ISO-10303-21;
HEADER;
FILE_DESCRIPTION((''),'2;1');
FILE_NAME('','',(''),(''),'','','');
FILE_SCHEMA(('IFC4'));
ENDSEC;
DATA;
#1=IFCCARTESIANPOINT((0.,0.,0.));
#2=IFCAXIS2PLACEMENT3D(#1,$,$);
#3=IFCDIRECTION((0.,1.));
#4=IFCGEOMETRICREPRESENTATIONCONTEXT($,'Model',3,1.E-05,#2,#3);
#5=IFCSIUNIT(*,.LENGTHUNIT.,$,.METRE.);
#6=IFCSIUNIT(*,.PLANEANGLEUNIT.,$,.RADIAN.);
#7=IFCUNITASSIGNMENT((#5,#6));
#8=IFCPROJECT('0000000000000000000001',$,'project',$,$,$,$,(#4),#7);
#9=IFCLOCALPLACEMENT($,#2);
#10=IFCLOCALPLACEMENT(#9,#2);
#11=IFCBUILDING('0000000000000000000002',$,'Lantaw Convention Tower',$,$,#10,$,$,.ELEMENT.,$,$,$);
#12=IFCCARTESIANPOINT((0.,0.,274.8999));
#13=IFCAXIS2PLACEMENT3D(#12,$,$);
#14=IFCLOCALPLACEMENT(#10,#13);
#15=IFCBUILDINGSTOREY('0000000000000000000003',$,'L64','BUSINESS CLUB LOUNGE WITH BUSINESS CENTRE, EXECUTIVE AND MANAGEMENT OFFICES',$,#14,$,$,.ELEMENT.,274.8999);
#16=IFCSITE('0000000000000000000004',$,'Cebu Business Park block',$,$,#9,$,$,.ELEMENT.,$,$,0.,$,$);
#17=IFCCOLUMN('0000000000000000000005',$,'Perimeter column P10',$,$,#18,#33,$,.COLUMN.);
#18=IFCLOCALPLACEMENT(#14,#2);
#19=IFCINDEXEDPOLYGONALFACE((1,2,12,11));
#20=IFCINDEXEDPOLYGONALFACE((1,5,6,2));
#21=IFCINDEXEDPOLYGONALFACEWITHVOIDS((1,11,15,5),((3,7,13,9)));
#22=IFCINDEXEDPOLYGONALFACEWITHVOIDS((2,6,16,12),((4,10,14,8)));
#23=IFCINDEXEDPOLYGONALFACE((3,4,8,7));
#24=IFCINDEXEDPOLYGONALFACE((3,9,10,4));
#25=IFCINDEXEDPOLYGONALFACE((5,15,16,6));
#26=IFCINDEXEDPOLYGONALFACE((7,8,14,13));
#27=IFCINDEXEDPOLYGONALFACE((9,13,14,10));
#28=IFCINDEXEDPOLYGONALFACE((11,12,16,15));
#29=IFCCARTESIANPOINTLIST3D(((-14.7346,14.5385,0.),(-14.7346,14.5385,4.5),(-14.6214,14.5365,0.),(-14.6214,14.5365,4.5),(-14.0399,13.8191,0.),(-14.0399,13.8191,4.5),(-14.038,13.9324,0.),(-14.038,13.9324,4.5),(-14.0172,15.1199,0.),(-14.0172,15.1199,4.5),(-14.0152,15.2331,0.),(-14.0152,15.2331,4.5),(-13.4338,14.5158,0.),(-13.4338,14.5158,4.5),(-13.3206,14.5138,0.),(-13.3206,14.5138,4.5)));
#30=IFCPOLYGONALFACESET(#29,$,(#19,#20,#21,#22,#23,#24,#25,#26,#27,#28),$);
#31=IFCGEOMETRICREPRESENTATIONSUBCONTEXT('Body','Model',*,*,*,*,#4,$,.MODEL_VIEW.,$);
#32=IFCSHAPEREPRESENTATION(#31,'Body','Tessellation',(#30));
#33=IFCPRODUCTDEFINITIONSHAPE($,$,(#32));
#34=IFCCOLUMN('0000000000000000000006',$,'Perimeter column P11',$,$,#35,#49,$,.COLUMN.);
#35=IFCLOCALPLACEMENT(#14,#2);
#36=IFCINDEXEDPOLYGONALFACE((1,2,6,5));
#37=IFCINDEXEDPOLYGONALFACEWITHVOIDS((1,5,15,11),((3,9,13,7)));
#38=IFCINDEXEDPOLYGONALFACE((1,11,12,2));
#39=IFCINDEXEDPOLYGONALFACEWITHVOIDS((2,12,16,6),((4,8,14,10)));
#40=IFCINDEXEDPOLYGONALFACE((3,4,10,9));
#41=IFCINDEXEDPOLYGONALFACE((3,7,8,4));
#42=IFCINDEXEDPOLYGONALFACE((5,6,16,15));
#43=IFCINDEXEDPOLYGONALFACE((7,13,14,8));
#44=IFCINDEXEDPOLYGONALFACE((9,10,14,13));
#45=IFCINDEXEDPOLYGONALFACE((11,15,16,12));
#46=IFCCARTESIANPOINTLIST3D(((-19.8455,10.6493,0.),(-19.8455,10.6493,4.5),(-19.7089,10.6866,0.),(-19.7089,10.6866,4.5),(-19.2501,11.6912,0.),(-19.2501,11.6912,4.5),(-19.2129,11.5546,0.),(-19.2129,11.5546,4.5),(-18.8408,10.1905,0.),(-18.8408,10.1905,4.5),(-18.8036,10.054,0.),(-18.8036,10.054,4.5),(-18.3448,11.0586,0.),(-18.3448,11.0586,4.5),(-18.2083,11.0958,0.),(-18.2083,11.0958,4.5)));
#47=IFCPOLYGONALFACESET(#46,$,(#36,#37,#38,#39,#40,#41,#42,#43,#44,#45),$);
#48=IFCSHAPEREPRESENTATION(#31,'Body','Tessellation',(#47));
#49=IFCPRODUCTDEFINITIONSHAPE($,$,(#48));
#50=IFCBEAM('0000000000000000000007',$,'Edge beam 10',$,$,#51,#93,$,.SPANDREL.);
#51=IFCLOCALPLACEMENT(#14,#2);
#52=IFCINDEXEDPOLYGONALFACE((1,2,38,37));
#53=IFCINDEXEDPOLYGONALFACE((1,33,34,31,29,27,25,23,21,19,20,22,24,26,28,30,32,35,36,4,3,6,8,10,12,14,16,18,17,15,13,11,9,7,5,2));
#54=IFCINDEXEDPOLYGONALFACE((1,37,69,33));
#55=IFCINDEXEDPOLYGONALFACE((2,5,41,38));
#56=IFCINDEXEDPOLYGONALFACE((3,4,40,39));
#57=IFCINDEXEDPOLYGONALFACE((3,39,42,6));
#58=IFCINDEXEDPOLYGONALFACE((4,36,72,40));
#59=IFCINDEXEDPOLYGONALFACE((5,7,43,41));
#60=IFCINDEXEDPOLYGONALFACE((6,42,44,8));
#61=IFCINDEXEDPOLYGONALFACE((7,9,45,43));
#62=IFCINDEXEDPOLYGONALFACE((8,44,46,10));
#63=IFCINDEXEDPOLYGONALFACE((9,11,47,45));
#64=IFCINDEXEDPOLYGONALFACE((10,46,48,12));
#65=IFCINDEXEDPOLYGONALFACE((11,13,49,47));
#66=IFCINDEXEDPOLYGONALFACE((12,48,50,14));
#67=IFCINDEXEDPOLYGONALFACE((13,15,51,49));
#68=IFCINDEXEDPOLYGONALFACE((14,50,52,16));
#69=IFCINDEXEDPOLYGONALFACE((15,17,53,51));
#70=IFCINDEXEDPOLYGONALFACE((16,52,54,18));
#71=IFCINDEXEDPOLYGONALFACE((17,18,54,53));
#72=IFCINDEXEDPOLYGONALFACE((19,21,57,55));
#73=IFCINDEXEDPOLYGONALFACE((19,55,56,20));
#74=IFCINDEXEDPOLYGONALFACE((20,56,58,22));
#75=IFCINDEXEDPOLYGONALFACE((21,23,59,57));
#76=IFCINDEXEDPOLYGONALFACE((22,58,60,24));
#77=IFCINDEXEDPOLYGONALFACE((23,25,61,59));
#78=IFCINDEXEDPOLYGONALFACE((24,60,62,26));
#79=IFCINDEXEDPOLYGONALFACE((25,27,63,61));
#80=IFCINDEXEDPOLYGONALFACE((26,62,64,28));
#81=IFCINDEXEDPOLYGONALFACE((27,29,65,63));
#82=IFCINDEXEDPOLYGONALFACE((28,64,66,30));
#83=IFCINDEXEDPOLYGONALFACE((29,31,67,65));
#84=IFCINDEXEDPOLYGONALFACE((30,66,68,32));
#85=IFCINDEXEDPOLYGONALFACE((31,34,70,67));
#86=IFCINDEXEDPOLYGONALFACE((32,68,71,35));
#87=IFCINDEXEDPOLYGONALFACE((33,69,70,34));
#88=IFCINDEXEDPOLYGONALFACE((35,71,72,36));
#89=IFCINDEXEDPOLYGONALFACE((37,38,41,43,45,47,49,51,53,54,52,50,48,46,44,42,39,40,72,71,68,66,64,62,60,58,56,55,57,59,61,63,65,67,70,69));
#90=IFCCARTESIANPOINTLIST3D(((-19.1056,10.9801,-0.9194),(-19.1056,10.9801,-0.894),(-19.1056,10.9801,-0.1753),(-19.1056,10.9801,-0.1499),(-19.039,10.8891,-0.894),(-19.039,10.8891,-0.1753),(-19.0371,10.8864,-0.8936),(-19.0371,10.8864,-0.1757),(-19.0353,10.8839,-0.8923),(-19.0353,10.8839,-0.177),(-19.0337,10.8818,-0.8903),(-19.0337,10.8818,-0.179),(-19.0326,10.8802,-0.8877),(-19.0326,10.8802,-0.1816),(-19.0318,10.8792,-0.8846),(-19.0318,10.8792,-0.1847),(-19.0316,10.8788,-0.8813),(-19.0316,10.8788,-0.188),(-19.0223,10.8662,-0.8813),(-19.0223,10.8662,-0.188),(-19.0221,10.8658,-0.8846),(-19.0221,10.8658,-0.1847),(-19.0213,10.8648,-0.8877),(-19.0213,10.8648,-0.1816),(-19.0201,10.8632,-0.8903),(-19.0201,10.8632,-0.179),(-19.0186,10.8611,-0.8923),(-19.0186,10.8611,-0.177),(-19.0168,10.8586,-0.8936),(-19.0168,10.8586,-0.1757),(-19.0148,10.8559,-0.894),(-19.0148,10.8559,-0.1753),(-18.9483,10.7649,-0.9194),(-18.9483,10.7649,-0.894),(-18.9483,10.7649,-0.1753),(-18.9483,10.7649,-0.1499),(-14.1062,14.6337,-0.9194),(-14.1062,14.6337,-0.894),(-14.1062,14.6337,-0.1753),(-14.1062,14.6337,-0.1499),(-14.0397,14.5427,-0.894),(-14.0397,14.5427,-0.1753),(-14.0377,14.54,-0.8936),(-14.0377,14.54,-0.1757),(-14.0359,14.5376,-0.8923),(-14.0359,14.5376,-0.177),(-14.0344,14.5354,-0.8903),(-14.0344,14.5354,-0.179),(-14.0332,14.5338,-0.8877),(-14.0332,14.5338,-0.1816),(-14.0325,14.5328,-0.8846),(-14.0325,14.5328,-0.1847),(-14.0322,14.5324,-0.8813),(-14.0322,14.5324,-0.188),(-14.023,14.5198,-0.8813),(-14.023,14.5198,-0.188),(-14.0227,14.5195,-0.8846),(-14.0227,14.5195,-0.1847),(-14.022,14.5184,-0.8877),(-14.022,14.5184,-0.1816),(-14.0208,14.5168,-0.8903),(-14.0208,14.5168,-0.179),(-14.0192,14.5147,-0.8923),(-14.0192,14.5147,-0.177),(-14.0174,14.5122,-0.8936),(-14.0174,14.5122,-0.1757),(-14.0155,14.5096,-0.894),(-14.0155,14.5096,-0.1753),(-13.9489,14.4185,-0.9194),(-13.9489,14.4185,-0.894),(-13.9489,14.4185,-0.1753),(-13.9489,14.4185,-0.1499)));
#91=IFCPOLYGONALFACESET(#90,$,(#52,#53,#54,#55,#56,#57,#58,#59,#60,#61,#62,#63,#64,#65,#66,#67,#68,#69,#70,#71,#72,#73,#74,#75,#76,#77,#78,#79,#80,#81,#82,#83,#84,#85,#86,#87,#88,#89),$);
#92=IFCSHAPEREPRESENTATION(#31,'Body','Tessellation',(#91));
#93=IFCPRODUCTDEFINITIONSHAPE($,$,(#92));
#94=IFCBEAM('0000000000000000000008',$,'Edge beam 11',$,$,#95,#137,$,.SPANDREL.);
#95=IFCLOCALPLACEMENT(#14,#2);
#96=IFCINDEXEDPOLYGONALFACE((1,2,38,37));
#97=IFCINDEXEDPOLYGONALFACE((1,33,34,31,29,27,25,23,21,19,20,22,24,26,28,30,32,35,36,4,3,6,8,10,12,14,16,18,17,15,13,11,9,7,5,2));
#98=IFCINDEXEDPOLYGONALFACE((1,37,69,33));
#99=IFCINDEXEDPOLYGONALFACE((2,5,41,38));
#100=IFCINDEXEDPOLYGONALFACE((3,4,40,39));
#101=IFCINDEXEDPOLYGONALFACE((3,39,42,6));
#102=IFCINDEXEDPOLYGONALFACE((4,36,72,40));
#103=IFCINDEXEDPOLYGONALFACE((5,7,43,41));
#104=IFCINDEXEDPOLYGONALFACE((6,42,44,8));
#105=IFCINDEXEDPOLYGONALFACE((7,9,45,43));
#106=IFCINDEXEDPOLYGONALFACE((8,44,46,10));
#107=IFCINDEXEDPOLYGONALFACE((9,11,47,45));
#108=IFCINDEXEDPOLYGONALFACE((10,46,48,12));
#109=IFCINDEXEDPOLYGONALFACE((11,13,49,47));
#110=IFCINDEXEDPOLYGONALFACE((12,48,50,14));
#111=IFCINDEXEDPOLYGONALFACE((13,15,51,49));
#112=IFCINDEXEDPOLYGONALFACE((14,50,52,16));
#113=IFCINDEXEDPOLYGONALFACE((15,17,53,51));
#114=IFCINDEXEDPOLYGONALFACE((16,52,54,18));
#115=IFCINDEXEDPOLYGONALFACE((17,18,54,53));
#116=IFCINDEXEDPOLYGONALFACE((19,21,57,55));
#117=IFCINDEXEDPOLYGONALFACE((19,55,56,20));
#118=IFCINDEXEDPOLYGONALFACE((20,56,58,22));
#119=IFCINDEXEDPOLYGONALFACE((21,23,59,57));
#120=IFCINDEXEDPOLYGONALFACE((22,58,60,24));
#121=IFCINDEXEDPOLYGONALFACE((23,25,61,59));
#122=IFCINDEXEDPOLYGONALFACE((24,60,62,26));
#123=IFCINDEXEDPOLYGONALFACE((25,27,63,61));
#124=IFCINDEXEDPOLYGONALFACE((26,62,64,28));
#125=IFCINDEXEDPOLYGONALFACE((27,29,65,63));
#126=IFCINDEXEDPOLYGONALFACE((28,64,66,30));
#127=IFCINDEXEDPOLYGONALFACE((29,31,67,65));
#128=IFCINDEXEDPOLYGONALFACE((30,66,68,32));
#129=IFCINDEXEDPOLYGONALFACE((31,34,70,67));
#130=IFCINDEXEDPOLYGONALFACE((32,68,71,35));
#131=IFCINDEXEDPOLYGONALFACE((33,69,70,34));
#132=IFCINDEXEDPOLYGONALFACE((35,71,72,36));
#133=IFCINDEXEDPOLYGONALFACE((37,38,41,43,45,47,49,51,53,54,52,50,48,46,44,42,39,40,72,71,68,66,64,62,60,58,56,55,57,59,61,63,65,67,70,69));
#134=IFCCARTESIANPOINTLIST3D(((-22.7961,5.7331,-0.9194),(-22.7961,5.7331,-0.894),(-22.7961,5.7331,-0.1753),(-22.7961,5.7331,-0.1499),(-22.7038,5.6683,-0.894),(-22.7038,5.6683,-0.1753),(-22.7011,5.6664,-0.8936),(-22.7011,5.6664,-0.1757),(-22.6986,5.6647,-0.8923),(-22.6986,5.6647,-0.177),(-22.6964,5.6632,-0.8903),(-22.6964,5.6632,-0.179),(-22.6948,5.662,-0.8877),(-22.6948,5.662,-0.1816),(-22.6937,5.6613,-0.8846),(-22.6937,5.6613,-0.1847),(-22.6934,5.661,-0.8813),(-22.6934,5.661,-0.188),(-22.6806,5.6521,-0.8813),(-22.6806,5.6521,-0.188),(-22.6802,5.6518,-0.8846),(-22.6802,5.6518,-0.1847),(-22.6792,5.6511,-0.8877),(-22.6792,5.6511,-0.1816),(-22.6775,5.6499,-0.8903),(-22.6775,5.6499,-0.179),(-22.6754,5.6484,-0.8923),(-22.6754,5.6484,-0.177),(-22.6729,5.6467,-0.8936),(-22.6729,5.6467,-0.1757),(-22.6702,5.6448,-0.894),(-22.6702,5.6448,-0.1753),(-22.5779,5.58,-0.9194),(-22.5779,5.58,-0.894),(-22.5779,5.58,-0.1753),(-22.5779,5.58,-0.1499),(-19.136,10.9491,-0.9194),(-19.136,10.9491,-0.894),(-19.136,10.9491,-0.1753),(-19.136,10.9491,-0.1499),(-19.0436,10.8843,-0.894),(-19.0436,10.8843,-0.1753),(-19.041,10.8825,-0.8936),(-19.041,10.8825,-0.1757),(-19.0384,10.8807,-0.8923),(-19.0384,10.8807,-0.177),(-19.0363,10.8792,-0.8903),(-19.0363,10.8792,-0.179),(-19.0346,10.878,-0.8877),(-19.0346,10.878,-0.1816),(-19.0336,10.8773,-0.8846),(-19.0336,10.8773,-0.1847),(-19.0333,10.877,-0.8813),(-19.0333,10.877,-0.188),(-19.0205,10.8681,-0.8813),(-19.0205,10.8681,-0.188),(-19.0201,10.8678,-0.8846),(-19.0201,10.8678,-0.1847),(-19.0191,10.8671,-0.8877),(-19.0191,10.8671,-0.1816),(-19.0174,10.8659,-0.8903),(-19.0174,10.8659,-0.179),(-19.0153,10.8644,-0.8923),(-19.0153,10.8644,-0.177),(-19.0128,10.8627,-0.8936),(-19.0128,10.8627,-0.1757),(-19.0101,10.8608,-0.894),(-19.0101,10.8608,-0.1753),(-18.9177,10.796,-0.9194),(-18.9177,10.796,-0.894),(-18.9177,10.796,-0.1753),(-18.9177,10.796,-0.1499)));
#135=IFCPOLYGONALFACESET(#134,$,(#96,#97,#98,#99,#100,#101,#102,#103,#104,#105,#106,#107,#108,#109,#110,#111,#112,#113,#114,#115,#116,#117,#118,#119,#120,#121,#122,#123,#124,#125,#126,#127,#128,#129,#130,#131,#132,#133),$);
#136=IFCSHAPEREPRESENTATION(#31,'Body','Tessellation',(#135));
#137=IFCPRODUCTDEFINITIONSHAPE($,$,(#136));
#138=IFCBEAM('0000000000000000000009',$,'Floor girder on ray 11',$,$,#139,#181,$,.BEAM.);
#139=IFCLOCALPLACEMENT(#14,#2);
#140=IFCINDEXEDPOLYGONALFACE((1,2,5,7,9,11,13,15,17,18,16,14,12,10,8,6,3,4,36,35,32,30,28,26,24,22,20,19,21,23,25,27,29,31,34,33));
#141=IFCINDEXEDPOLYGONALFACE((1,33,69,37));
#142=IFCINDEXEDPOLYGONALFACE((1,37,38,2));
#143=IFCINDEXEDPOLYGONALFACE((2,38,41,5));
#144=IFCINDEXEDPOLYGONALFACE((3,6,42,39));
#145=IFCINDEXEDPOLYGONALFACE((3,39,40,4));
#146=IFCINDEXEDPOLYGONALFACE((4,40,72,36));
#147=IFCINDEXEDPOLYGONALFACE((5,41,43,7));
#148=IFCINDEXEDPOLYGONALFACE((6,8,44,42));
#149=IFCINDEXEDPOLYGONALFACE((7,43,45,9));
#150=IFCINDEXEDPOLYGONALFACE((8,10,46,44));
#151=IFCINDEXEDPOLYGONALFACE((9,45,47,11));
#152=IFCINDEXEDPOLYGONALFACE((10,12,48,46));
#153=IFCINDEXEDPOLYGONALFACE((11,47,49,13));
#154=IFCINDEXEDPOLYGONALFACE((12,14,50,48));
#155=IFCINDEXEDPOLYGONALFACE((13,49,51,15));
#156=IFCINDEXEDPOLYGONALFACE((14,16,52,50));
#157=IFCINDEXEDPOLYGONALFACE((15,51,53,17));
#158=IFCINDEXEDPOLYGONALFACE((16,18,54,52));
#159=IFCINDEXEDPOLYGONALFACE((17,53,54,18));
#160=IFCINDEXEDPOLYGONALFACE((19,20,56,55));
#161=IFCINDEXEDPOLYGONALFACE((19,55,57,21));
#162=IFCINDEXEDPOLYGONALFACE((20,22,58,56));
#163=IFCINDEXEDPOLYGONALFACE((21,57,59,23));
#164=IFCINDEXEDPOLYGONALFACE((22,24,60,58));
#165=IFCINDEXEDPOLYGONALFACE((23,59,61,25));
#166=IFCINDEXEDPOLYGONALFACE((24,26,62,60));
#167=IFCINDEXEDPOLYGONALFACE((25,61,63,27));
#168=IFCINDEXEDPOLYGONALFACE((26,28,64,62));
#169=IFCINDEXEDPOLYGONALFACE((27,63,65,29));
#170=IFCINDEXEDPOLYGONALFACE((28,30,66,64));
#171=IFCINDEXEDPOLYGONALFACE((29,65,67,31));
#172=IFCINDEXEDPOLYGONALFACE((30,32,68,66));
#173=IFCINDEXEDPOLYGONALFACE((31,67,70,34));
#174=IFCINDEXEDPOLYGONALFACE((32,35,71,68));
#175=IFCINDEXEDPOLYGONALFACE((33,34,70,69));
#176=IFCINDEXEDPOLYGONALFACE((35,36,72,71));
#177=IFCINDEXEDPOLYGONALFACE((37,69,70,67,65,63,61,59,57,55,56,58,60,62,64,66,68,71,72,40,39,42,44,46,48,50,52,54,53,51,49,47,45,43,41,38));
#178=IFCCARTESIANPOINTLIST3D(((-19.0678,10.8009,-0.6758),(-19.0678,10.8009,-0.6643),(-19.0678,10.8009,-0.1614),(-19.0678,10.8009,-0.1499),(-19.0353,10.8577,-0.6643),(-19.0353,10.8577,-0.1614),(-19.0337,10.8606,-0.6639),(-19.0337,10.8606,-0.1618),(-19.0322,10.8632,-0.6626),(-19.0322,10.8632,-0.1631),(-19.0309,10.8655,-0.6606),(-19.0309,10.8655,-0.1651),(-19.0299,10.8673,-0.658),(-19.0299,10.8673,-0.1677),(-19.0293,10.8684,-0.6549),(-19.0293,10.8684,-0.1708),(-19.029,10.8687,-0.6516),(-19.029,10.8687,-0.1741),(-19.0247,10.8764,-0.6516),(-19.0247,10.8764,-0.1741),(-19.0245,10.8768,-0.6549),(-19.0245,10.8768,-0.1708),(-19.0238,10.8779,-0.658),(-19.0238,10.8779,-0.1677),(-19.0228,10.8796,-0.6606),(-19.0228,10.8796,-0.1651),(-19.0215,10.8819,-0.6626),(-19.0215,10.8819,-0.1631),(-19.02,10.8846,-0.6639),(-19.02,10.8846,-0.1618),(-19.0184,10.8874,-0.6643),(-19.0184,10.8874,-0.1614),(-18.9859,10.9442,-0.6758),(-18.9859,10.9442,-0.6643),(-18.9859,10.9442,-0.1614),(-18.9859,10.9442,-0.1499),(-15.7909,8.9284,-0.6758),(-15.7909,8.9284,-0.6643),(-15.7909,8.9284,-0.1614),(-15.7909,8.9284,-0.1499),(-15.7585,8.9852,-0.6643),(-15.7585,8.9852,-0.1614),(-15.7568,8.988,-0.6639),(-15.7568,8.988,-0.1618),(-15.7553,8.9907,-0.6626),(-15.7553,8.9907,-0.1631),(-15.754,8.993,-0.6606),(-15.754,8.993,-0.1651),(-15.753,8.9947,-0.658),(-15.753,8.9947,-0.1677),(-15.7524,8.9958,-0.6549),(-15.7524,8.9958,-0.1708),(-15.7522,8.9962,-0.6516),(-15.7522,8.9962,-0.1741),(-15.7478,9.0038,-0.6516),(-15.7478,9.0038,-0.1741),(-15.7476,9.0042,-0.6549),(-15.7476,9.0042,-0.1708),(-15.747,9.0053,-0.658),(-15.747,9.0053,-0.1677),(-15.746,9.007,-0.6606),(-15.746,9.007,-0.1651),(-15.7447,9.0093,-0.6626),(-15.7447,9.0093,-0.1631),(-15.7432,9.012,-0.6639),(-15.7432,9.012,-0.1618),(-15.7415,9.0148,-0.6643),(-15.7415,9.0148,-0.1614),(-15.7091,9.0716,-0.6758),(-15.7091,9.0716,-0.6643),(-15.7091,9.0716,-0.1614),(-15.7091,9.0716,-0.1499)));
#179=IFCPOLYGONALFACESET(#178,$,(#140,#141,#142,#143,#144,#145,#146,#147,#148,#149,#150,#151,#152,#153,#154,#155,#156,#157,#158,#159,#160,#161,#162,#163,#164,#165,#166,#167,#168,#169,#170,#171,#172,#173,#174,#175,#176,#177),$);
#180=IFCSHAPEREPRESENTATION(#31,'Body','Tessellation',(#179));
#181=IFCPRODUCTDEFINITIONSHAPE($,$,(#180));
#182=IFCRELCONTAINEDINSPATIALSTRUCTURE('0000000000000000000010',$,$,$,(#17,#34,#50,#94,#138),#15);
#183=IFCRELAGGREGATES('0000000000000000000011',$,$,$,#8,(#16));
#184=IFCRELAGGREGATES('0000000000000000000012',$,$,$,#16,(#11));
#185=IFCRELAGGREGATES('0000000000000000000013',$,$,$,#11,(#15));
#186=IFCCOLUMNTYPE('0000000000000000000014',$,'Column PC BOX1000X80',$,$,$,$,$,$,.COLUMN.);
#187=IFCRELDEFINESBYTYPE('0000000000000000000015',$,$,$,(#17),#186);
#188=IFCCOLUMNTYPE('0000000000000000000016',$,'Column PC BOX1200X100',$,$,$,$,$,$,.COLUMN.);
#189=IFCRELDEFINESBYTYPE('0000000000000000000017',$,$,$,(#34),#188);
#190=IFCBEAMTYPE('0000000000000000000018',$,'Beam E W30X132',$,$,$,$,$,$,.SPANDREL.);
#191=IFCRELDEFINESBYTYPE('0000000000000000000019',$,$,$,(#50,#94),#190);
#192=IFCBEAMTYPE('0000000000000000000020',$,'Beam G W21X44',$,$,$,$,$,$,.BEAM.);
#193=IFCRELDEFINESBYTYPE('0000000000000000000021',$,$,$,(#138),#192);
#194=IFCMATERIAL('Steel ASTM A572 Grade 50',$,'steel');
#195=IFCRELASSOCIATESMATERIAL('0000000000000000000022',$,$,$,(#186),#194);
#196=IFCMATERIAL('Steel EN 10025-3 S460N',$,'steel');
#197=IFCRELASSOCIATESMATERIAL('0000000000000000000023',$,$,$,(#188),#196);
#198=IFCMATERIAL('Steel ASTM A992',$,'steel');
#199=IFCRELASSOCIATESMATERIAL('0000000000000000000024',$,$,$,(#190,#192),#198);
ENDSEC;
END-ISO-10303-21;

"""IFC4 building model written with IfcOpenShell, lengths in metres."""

from ifc_helpers import new_model, si_unit, direction, frame, origin, origin_2d, place, context, subcontext, project, spatial, rectangle, hollow_rectangle, i_section, extrude, material, material_profile, profile_set, type_object, element, save


model = new_model("IFC4")

# Units and contexts
model_context = context("Model", 3, precision=1e-05, world=origin(), true_north=direction((0.0, 1.0)))
body_context = subcontext(model_context, "Body", "Model", "MODEL_VIEW")
ifc_project = project(units=[si_unit("LENGTHUNIT", "METRE"), si_unit("PLANEANGLEUNIT", "RADIAN")], contexts=[model_context])

# Site, building, storey
site_placement = place(None, origin())
site = spatial("IfcSite", under=ifc_project, at=site_placement, Name="Cebu Business Park block", CompositionType="ELEMENT", RefElevation=0.0)
building_placement = place(site_placement, origin())
building = spatial("IfcBuilding", under=site, at=building_placement, Name="Lantaw Convention Tower", CompositionType="ELEMENT")
storey_placement = place(building_placement, frame((0.0, 0.0, 274.8999)))
storey = spatial("IfcBuildingStorey", under=building, at=storey_placement, Name="L64", Description="BUSINESS CLUB LOUNGE WITH BUSINESS CENTRE, EXECUTIVE AND MANAGEMENT OFFICES", CompositionType="ELEMENT", Elevation=274.8999)

# Columns
ifc_material_1 = material(Name="Steel ASTM A572 Grade 50", Category="steel")
ifc_material_profile_1 = material_profile(ifc_material_1, hollow_rectangle(XDim=1.0, YDim=1.0, WallThickness=0.0801, at=origin_2d()), Name="BOX1000X80")
ifc_material_2 = material(Name="Concrete C60/75", Category="concrete")
ifc_material_profile_2 = material_profile(ifc_material_2, rectangle(XDim=0.8401, YDim=0.8401, at=origin_2d()), Name="Concrete fill of BOX1000X80")
ifc_profile_set_1 = profile_set([ifc_material_profile_1, ifc_material_profile_2], Name="Steel ASTM A572 Grade 50")
column_type_1 = type_object("IfcColumnType", Name="Column PC BOX1000X80", PredefinedType="COLUMN", material=ifc_profile_set_1)
column_1_placement = place(storey_placement, frame((-14.0276, 14.5261, 0.0), z_axis=(0.0, 0.0, 1.0), x_axis=(0.71934, 0.694658, 0.0)))
element("IfcColumn", 1, at=column_1_placement, inside=storey, type_object=column_type_1, Name="Perimeter column P10", PredefinedType="COLUMN", context=body_context, shape_type="SweptSolid", body=[
    extrude(hollow_rectangle(XDim=1.0, YDim=1.0, WallThickness=0.0801, at=origin_2d()), origin(), (0.0, 0.0, 1.0), 4.5),
])
ifc_material_3 = material(Name="Steel EN 10025-3 S460N", Category="steel")
ifc_material_profile_3 = material_profile(ifc_material_3, hollow_rectangle(XDim=1.2, YDim=1.2, WallThickness=0.1001, at=origin_2d()), Name="BOX1200X100")
ifc_material_profile_4 = material_profile(ifc_material_2, rectangle(XDim=1.0, YDim=1.0, at=origin_2d()), Name="Concrete fill of BOX1200X100")
ifc_profile_set_2 = profile_set([ifc_material_profile_3, ifc_material_profile_4], Name="Steel EN 10025-3 S460N")
column_type_2 = type_object("IfcColumnType", Name="Column PC BOX1200X100", PredefinedType="COLUMN", material=ifc_profile_set_2)
column_2_placement = place(storey_placement, frame((-19.0269, 10.8726, 0.0), z_axis=(0.0, 0.0, 1.0), x_axis=(0.496139, 0.868243, 0.0)))
element("IfcColumn", 2, at=column_2_placement, inside=storey, type_object=column_type_2, Name="Perimeter column P11", PredefinedType="COLUMN", context=body_context, shape_type="SweptSolid", body=[
    extrude(hollow_rectangle(XDim=1.2, YDim=1.2, WallThickness=0.1001, at=origin_2d()), origin(), (0.0, 0.0, 1.0), 4.5),
])

# Beams
ifc_material_4 = material(Name="Steel ASTM A992", Category="steel")
ifc_material_profile_5 = material_profile(ifc_material_4, i_section(OverallWidth=0.2666, OverallDepth=0.7695, WebThickness=0.0156, FlangeThickness=0.0254, FilletRadius=0.0127, at=origin_2d()), Name="W30X132")
ifc_profile_set_3 = profile_set([ifc_material_profile_5], Name="Steel ASTM A992")
beam_type_1 = type_object("IfcBeamType", Name="Beam E W30X132", PredefinedType="SPANDREL", material=ifc_profile_set_3)
beam_1_placement = place(storey_placement, frame((-14.0276, 14.5261, -0.5347), z_axis=(-0.807372, -0.590043, 0.0), x_axis=(0.590043, -0.807372, 0.0)))
element("IfcBeam", 3, at=beam_1_placement, inside=storey, type_object=beam_type_1, Name="Edge beam 10", PredefinedType="SPANDREL", context=body_context, shape_type="SweptSolid", body=[
    extrude(i_section(OverallWidth=0.2666, OverallDepth=0.7695, WebThickness=0.0156, FlangeThickness=0.0254, FilletRadius=0.0127, at=origin_2d()), origin(), (0.0, 0.0, 1.0), 6.1921),
])
beam_2_placement = place(storey_placement, frame((-19.0269, 10.8726, -0.5347), z_axis=(-0.574401, -0.818574, 0.0), x_axis=(0.818574, -0.574401, 0.0)))
element("IfcBeam", 4, at=beam_2_placement, inside=storey, type_object=beam_type_1, Name="Edge beam 11", PredefinedType="SPANDREL", context=body_context, shape_type="SweptSolid", body=[
    extrude(i_section(OverallWidth=0.2666, OverallDepth=0.7695, WebThickness=0.0156, FlangeThickness=0.0254, FilletRadius=0.0127, at=origin_2d()), origin(), (0.0, 0.0, 1.0), 6.3721),
])
ifc_material_profile_6 = material_profile(ifc_material_4, i_section(OverallWidth=0.165, OverallDepth=0.5259, WebThickness=0.0088, FlangeThickness=0.0115, FilletRadius=0.0127, at=origin_2d()), Name="W21X44")
ifc_profile_set_4 = profile_set([ifc_material_profile_6], Name="Steel ASTM A992")
beam_type_2 = type_object("IfcBeamType", Name="Beam G W21X44", PredefinedType="BEAM", material=ifc_profile_set_4)
beam_3_placement = place(storey_placement, frame((-15.75, 9.0, -0.4128), z_axis=(-0.868235, 0.496153, 0.0), x_axis=(-0.496153, -0.868235, 0.0)))
element("IfcBeam", 5, at=beam_3_placement, inside=storey, type_object=beam_type_2, Name="Floor girder on ray 11", PredefinedType="BEAM", context=body_context, shape_type="SweptSolid", body=[
    extrude(i_section(OverallWidth=0.165, OverallDepth=0.5259, WebThickness=0.0088, FlangeThickness=0.0115, FilletRadius=0.0127, at=origin_2d()), origin(), (0.0, 0.0, 1.0), 3.7742),
])

save(model, "model.ifc")
